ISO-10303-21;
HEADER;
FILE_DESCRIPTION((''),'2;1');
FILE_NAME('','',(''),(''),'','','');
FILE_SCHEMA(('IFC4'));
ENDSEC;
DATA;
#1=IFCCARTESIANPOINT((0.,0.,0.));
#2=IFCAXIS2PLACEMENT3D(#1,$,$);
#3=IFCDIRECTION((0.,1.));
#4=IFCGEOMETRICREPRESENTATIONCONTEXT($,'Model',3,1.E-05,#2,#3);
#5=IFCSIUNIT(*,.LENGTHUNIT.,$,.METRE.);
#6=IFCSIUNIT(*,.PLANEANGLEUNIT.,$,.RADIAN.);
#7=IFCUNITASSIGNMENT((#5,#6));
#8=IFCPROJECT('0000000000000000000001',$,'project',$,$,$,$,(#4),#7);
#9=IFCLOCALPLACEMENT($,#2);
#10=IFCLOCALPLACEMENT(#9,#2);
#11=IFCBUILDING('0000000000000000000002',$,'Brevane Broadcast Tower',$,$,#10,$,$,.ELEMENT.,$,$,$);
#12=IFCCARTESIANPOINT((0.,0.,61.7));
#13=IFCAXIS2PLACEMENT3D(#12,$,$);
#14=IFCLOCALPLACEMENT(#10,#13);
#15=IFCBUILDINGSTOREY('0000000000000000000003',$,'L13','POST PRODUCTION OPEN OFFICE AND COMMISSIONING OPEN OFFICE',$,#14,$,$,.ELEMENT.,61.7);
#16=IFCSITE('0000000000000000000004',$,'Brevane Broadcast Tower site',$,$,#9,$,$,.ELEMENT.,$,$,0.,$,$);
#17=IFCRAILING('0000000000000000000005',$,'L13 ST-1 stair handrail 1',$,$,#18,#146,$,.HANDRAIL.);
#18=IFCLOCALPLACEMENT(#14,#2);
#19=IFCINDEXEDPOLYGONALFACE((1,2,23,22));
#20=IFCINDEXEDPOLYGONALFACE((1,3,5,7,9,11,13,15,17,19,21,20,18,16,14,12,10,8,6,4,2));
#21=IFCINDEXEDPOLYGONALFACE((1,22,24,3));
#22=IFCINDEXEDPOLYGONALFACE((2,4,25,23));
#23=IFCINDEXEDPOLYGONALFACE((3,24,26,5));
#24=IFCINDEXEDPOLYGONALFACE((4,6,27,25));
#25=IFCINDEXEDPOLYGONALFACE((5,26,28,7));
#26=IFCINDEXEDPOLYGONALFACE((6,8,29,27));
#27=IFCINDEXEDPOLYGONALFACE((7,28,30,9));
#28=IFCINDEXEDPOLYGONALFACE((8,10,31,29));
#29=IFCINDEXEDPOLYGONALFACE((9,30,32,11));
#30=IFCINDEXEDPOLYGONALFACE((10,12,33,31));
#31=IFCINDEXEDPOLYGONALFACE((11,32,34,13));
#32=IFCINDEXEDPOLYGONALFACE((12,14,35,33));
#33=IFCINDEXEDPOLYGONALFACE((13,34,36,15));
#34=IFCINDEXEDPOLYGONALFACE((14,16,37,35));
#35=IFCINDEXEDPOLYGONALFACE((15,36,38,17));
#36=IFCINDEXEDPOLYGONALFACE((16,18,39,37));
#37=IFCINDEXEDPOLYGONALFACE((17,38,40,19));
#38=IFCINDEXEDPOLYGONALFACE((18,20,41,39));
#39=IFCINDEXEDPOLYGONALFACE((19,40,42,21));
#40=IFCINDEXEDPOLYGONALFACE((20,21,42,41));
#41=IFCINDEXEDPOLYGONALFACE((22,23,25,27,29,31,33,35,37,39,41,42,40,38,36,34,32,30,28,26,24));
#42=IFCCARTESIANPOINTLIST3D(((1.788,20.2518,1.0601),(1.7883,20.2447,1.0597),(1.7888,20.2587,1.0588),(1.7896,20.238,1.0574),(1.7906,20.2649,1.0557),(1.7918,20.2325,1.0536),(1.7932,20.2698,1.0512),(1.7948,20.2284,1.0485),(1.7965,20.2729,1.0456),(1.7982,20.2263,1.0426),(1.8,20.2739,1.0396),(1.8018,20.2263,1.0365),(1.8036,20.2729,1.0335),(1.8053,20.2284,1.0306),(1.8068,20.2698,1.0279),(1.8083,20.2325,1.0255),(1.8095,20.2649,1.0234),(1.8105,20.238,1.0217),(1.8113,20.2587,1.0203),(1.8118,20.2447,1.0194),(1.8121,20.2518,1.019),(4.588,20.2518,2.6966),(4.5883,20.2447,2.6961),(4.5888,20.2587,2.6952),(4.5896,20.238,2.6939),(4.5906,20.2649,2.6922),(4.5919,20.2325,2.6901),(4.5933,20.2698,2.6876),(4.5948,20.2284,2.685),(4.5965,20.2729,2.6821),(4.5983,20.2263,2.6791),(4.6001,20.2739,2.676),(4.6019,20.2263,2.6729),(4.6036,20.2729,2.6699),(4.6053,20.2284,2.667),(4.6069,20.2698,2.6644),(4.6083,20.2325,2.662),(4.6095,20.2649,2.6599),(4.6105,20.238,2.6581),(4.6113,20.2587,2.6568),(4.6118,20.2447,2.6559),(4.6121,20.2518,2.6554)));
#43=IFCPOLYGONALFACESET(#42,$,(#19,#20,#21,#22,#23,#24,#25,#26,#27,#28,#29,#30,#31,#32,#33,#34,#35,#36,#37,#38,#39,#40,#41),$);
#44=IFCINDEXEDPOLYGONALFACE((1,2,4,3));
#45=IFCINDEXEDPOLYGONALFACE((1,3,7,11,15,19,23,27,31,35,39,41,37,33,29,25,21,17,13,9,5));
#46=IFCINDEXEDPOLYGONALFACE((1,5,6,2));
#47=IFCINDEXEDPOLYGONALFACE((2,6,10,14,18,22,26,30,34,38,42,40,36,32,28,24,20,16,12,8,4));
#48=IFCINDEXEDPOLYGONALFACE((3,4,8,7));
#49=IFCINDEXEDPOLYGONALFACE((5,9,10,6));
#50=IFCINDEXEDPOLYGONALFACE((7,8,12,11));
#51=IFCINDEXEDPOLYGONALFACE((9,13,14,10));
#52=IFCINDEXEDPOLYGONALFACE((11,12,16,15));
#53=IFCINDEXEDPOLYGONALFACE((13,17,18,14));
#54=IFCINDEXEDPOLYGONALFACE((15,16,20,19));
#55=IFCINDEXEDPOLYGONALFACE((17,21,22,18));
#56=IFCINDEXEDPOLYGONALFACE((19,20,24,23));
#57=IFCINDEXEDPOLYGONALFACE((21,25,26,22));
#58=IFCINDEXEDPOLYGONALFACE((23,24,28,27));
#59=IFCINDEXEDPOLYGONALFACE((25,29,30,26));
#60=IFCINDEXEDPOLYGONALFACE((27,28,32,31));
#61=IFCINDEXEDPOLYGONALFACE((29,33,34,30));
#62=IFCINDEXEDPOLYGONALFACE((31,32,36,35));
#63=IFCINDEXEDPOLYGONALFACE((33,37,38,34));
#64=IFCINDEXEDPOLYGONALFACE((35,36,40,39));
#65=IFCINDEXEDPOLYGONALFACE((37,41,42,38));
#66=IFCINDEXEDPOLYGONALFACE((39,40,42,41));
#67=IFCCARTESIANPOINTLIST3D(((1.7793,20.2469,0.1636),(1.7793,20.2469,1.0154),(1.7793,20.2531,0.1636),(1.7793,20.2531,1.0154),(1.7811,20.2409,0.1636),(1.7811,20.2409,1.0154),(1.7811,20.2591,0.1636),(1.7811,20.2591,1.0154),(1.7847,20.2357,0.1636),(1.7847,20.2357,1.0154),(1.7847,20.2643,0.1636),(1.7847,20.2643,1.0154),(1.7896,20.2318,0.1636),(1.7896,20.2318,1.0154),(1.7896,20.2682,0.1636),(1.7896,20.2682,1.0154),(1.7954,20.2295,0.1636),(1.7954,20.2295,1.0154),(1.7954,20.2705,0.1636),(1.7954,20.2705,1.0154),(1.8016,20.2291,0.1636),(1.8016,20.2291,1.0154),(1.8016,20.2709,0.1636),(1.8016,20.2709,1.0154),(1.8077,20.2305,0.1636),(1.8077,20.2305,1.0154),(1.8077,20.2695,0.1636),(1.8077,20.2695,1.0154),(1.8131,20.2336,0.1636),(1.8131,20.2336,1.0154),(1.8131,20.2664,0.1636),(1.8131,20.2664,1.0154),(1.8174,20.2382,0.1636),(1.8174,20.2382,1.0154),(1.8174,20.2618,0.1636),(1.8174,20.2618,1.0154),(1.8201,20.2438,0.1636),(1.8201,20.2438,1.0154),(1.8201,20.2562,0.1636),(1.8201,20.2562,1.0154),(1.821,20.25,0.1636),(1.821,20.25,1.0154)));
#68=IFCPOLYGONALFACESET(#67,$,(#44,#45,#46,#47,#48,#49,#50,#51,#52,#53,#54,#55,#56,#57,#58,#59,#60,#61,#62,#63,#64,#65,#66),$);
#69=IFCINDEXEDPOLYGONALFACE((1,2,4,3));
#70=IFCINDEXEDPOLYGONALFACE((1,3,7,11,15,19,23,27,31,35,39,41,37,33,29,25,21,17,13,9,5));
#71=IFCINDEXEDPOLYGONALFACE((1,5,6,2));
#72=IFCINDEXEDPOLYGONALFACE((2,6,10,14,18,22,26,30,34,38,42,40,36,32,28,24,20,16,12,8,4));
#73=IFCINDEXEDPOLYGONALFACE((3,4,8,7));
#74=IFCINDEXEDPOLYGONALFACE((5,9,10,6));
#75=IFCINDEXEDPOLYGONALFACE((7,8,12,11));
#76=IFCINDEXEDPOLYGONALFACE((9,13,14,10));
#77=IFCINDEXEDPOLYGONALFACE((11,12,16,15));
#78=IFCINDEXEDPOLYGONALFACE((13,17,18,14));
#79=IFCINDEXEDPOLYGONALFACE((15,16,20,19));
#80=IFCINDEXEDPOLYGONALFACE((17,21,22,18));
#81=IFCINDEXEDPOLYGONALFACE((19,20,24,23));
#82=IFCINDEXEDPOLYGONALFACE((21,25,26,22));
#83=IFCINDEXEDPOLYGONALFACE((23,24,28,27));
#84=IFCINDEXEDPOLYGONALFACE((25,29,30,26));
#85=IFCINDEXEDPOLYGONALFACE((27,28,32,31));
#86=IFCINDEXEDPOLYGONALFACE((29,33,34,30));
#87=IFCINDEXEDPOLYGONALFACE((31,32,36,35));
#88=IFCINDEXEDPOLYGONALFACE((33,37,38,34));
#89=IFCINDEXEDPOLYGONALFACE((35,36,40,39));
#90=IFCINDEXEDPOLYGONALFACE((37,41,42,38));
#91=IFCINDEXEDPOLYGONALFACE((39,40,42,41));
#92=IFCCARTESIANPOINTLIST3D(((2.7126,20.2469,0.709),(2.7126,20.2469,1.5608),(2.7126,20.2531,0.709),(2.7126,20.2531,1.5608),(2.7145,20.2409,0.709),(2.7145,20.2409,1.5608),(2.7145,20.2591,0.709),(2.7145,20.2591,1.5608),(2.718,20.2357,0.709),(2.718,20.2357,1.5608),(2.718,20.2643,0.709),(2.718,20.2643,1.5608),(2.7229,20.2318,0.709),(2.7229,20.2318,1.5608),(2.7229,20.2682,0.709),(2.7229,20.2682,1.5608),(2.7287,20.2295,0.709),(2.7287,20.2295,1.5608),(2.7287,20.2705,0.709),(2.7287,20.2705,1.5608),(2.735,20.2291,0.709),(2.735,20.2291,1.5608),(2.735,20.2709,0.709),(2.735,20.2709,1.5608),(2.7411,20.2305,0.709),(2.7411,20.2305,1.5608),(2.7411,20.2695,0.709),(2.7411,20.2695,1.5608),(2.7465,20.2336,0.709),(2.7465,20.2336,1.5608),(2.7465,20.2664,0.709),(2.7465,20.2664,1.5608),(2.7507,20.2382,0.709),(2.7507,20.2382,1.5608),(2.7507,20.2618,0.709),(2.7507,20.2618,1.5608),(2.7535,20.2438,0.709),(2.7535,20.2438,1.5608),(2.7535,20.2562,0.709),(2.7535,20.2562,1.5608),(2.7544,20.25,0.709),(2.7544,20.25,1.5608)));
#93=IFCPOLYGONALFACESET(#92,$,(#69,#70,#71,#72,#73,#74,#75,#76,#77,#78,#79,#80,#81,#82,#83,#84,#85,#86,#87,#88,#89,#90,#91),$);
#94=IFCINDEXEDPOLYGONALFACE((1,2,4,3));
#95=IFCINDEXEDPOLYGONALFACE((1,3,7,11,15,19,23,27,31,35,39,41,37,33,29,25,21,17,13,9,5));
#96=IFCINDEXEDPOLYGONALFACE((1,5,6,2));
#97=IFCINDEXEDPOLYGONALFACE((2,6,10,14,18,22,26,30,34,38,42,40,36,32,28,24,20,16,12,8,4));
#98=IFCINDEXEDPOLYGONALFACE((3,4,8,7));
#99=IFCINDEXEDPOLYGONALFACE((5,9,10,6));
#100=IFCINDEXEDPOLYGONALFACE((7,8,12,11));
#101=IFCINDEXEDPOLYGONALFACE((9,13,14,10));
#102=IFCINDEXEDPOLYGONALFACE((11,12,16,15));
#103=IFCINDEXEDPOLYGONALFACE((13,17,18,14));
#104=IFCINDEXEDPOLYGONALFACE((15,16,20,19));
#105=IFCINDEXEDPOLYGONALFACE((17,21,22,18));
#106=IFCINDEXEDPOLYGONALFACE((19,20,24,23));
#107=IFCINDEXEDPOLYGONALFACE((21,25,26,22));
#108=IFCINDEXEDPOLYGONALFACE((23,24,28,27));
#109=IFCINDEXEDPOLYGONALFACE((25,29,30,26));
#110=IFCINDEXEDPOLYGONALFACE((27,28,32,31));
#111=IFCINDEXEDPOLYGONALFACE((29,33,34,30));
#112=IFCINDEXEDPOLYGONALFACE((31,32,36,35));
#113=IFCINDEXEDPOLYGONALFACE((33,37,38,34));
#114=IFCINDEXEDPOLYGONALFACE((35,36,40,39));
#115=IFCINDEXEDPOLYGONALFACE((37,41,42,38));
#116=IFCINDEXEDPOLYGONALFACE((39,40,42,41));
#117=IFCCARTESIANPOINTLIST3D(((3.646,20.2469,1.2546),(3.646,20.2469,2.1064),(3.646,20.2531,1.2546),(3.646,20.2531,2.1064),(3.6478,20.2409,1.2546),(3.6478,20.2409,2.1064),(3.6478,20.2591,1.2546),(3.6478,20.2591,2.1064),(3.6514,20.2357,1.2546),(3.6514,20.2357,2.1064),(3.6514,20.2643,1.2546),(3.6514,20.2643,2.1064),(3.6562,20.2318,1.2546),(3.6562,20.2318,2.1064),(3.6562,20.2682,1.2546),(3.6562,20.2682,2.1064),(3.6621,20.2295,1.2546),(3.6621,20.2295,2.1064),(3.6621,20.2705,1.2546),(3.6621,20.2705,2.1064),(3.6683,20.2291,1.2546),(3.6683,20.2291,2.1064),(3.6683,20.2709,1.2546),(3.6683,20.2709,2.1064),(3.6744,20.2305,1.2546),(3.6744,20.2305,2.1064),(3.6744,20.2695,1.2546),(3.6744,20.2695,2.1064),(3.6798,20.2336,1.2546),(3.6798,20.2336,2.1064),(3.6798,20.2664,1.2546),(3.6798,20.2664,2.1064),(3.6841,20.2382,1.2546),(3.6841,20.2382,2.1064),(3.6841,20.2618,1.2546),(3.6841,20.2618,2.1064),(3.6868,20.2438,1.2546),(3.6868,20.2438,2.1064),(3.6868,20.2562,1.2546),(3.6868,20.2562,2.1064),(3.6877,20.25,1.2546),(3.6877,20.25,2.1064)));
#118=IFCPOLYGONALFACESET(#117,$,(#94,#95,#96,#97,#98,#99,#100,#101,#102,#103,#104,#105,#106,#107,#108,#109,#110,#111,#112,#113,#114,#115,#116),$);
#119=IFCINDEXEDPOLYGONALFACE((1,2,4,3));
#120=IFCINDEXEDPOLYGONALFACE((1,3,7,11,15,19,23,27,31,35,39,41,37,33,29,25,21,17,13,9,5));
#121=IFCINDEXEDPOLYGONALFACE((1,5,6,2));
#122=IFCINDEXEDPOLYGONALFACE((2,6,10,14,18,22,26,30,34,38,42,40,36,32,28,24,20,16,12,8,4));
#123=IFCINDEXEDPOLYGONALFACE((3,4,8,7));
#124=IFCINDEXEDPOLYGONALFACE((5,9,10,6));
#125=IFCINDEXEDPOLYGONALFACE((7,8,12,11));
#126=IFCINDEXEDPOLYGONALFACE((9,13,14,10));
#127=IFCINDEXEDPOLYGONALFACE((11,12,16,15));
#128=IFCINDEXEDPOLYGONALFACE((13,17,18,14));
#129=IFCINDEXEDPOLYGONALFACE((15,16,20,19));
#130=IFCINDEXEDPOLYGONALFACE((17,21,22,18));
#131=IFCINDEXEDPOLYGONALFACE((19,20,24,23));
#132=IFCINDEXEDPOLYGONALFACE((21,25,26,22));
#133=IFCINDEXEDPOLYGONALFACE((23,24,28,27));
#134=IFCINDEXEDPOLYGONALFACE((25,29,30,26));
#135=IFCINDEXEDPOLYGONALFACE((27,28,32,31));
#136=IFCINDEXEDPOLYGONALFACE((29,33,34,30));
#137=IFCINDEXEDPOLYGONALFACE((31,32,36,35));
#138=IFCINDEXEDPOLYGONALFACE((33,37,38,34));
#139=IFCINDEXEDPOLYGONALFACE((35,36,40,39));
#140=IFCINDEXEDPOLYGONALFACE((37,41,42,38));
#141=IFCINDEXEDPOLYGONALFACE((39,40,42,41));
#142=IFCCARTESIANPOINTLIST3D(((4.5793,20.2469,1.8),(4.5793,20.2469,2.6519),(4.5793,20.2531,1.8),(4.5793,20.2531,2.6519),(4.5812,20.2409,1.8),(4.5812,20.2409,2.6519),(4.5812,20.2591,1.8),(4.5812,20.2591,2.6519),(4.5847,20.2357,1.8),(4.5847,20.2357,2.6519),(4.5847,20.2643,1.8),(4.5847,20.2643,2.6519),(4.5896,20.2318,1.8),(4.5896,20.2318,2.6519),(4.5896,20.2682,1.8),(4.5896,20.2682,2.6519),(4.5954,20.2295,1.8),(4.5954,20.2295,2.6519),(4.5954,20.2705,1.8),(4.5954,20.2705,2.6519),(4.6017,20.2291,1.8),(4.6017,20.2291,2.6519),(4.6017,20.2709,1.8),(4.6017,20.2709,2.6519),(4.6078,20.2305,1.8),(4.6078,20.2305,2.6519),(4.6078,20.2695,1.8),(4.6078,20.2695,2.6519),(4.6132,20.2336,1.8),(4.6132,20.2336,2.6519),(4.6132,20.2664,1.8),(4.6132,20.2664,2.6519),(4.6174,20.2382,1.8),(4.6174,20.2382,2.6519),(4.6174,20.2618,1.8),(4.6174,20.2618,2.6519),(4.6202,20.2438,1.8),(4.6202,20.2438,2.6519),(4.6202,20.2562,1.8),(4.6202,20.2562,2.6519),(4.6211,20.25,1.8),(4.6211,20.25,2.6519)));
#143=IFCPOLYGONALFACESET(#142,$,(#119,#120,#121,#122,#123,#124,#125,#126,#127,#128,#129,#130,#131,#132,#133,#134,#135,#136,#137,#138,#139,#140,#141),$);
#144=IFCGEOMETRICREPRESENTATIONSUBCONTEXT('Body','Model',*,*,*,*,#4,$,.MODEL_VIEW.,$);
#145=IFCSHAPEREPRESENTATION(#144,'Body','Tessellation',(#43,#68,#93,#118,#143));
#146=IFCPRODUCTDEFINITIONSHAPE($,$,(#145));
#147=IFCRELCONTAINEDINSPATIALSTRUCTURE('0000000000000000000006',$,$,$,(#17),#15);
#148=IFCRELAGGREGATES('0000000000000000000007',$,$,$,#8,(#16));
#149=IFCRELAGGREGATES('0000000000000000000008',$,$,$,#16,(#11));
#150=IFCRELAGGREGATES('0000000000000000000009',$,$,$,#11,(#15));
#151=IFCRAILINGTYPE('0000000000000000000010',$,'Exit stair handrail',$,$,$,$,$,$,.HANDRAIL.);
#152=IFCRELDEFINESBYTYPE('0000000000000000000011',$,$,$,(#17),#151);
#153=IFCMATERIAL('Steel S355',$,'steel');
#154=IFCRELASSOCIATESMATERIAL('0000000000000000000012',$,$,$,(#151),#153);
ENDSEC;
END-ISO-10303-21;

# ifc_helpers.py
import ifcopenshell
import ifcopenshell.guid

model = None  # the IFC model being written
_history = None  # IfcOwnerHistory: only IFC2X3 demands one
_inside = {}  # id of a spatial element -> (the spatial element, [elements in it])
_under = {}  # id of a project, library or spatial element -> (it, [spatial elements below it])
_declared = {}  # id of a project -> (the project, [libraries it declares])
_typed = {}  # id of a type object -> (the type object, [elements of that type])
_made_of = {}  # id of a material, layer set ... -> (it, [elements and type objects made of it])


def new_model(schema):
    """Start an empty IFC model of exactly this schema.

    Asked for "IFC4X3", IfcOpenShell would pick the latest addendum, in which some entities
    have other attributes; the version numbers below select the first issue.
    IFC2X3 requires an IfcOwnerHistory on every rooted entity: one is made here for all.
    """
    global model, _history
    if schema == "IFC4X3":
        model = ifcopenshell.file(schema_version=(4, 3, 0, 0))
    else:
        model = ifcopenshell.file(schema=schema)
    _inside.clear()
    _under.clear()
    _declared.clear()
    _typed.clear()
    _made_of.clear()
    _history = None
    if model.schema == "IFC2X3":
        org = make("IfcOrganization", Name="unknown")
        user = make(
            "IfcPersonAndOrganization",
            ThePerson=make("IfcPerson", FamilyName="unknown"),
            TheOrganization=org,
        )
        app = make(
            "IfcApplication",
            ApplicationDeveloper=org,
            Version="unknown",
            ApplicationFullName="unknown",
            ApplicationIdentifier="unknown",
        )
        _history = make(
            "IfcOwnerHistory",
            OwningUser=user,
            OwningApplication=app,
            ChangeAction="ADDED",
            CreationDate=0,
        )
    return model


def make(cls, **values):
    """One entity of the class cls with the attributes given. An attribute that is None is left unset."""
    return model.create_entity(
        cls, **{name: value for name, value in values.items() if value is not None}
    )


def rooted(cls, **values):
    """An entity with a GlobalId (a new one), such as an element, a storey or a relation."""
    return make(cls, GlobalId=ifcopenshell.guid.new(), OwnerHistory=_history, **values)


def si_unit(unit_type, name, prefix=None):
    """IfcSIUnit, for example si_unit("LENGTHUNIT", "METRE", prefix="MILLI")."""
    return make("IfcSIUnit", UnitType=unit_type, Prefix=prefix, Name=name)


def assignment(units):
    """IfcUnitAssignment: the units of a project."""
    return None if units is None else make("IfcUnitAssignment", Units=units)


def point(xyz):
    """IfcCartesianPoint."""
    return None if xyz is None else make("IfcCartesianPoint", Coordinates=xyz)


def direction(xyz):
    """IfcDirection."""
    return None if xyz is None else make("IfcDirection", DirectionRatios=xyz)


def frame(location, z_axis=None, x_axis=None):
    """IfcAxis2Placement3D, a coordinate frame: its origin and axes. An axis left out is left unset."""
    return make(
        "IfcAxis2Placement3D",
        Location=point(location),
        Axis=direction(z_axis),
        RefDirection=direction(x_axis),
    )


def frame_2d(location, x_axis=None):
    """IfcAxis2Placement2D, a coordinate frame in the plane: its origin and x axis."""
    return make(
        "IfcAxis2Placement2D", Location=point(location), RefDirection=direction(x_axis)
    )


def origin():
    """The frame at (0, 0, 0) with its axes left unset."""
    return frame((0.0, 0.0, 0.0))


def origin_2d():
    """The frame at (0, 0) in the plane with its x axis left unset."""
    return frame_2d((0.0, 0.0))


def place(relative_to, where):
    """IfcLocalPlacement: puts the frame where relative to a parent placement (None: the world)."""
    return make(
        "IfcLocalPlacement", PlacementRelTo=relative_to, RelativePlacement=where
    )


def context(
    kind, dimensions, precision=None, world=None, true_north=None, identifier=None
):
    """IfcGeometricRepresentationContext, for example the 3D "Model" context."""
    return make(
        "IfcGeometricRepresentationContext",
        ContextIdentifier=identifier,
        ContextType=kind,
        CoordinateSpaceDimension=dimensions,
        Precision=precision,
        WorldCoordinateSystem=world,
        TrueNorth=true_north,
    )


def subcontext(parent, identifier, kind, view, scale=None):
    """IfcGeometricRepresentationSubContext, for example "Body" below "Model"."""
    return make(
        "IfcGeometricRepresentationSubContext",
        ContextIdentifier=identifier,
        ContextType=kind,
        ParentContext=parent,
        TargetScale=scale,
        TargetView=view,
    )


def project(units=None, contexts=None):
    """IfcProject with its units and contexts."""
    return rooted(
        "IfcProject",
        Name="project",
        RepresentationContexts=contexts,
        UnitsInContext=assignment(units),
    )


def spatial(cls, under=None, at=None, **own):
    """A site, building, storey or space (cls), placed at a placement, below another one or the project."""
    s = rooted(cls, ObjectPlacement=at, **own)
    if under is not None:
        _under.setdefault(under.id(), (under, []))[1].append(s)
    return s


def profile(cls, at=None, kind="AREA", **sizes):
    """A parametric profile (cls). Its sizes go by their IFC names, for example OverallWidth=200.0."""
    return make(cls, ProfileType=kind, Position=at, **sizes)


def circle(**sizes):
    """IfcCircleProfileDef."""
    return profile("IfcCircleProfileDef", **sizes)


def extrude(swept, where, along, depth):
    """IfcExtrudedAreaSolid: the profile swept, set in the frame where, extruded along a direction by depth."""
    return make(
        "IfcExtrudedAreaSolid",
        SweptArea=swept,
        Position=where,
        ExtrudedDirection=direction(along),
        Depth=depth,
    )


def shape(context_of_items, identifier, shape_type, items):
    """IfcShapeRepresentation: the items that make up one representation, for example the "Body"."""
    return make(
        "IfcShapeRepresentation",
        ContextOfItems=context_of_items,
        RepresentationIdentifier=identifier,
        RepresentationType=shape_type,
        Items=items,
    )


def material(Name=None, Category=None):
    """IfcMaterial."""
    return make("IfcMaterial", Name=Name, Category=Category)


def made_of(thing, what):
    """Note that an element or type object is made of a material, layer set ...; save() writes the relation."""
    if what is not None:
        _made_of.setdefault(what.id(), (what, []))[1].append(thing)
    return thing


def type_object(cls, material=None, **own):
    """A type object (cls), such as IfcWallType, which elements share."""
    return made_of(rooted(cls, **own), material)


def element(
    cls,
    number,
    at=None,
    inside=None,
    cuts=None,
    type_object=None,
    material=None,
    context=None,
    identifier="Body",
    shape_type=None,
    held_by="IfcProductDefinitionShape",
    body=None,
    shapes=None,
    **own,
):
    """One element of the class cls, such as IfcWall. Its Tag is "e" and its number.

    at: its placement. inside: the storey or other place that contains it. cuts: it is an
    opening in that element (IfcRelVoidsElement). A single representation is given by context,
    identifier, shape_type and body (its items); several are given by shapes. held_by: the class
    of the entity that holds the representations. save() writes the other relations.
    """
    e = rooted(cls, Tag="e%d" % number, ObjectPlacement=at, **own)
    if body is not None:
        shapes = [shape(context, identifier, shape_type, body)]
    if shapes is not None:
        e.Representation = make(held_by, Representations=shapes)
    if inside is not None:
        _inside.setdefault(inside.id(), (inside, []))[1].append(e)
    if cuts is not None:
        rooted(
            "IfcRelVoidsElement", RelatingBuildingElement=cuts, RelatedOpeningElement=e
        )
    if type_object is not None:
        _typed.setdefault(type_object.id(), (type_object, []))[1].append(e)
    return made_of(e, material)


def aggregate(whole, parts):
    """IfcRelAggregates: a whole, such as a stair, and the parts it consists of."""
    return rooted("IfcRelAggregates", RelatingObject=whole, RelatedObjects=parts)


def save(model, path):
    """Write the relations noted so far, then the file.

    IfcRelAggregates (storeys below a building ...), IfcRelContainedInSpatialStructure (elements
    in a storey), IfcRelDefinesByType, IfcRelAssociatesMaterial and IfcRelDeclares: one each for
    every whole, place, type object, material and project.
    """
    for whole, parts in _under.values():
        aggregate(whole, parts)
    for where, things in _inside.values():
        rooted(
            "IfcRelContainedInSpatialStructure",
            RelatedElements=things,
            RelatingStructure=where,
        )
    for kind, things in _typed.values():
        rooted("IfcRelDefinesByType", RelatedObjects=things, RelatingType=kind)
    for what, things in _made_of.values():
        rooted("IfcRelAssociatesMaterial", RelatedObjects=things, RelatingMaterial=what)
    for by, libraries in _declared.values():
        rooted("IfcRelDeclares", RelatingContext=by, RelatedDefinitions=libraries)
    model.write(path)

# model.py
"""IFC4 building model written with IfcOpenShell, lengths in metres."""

from ifc_helpers import new_model, si_unit, direction, frame, origin, origin_2d, place, context, subcontext, project, spatial, circle, extrude, material, type_object, element, save


model = new_model("IFC4")

# Units and contexts
model_context = context("Model", 3, precision=1e-05, world=origin(), true_north=direction((0.0, 1.0)))
body_context = subcontext(model_context, "Body", "Model", "MODEL_VIEW")
ifc_project = project(units=[si_unit("LENGTHUNIT", "METRE"), si_unit("PLANEANGLEUNIT", "RADIAN")], contexts=[model_context])

# Site, building, storey
site_placement = place(None, origin())
site = spatial("IfcSite", under=ifc_project, at=site_placement, Name="Brevane Broadcast Tower site", CompositionType="ELEMENT", RefElevation=0.0)
building_placement = place(site_placement, origin())
building = spatial("IfcBuilding", under=site, at=building_placement, Name="Brevane Broadcast Tower", CompositionType="ELEMENT")
storey_placement = place(building_placement, frame((0.0, 0.0, 61.7)))
storey = spatial("IfcBuildingStorey", under=building, at=storey_placement, Name="L13", Description="POST PRODUCTION OPEN OFFICE AND COMMISSIONING OPEN OFFICE", CompositionType="ELEMENT", Elevation=61.7)

# Railing
ifc_material_1 = material(Name="Steel S355", Category="steel")
railing_type = type_object("IfcRailingType", Name="Exit stair handrail", PredefinedType="HANDRAIL", material=ifc_material_1)
railing_placement = place(storey_placement, frame((1.8, 20.25, 0.1636)))
element("IfcRailing", 1, at=railing_placement, inside=storey, type_object=railing_type, Name="L13 ST-1 stair handrail 1", PredefinedType="HANDRAIL", context=body_context, shape_type="SweptSolid", body=[
    extrude(circle(Radius=0.0239, at=origin_2d()), frame((0.0, 0.0, 0.876), z_axis=(0.863361, 0.0, 0.504587), x_axis=(0.0, 1.0, 0.0)), (0.0, 0.0, 1.0), 3.2432),
    extrude(circle(Radius=0.021, at=origin_2d()), origin(), (0.0, 0.0, 1.0), 0.8518),
    extrude(circle(Radius=0.021, at=origin_2d()), frame((0.9333, 0.0, 0.5454)), (0.0, 0.0, 1.0), 0.8518),
    extrude(circle(Radius=0.021, at=origin_2d()), frame((1.8667, 0.0, 1.0911)), (0.0, 0.0, 1.0), 0.8518),
    extrude(circle(Radius=0.021, at=origin_2d()), frame((2.8, 0.0, 1.6365)), (0.0, 0.0, 1.0), 0.8518),
])

save(model, "model.ifc")
